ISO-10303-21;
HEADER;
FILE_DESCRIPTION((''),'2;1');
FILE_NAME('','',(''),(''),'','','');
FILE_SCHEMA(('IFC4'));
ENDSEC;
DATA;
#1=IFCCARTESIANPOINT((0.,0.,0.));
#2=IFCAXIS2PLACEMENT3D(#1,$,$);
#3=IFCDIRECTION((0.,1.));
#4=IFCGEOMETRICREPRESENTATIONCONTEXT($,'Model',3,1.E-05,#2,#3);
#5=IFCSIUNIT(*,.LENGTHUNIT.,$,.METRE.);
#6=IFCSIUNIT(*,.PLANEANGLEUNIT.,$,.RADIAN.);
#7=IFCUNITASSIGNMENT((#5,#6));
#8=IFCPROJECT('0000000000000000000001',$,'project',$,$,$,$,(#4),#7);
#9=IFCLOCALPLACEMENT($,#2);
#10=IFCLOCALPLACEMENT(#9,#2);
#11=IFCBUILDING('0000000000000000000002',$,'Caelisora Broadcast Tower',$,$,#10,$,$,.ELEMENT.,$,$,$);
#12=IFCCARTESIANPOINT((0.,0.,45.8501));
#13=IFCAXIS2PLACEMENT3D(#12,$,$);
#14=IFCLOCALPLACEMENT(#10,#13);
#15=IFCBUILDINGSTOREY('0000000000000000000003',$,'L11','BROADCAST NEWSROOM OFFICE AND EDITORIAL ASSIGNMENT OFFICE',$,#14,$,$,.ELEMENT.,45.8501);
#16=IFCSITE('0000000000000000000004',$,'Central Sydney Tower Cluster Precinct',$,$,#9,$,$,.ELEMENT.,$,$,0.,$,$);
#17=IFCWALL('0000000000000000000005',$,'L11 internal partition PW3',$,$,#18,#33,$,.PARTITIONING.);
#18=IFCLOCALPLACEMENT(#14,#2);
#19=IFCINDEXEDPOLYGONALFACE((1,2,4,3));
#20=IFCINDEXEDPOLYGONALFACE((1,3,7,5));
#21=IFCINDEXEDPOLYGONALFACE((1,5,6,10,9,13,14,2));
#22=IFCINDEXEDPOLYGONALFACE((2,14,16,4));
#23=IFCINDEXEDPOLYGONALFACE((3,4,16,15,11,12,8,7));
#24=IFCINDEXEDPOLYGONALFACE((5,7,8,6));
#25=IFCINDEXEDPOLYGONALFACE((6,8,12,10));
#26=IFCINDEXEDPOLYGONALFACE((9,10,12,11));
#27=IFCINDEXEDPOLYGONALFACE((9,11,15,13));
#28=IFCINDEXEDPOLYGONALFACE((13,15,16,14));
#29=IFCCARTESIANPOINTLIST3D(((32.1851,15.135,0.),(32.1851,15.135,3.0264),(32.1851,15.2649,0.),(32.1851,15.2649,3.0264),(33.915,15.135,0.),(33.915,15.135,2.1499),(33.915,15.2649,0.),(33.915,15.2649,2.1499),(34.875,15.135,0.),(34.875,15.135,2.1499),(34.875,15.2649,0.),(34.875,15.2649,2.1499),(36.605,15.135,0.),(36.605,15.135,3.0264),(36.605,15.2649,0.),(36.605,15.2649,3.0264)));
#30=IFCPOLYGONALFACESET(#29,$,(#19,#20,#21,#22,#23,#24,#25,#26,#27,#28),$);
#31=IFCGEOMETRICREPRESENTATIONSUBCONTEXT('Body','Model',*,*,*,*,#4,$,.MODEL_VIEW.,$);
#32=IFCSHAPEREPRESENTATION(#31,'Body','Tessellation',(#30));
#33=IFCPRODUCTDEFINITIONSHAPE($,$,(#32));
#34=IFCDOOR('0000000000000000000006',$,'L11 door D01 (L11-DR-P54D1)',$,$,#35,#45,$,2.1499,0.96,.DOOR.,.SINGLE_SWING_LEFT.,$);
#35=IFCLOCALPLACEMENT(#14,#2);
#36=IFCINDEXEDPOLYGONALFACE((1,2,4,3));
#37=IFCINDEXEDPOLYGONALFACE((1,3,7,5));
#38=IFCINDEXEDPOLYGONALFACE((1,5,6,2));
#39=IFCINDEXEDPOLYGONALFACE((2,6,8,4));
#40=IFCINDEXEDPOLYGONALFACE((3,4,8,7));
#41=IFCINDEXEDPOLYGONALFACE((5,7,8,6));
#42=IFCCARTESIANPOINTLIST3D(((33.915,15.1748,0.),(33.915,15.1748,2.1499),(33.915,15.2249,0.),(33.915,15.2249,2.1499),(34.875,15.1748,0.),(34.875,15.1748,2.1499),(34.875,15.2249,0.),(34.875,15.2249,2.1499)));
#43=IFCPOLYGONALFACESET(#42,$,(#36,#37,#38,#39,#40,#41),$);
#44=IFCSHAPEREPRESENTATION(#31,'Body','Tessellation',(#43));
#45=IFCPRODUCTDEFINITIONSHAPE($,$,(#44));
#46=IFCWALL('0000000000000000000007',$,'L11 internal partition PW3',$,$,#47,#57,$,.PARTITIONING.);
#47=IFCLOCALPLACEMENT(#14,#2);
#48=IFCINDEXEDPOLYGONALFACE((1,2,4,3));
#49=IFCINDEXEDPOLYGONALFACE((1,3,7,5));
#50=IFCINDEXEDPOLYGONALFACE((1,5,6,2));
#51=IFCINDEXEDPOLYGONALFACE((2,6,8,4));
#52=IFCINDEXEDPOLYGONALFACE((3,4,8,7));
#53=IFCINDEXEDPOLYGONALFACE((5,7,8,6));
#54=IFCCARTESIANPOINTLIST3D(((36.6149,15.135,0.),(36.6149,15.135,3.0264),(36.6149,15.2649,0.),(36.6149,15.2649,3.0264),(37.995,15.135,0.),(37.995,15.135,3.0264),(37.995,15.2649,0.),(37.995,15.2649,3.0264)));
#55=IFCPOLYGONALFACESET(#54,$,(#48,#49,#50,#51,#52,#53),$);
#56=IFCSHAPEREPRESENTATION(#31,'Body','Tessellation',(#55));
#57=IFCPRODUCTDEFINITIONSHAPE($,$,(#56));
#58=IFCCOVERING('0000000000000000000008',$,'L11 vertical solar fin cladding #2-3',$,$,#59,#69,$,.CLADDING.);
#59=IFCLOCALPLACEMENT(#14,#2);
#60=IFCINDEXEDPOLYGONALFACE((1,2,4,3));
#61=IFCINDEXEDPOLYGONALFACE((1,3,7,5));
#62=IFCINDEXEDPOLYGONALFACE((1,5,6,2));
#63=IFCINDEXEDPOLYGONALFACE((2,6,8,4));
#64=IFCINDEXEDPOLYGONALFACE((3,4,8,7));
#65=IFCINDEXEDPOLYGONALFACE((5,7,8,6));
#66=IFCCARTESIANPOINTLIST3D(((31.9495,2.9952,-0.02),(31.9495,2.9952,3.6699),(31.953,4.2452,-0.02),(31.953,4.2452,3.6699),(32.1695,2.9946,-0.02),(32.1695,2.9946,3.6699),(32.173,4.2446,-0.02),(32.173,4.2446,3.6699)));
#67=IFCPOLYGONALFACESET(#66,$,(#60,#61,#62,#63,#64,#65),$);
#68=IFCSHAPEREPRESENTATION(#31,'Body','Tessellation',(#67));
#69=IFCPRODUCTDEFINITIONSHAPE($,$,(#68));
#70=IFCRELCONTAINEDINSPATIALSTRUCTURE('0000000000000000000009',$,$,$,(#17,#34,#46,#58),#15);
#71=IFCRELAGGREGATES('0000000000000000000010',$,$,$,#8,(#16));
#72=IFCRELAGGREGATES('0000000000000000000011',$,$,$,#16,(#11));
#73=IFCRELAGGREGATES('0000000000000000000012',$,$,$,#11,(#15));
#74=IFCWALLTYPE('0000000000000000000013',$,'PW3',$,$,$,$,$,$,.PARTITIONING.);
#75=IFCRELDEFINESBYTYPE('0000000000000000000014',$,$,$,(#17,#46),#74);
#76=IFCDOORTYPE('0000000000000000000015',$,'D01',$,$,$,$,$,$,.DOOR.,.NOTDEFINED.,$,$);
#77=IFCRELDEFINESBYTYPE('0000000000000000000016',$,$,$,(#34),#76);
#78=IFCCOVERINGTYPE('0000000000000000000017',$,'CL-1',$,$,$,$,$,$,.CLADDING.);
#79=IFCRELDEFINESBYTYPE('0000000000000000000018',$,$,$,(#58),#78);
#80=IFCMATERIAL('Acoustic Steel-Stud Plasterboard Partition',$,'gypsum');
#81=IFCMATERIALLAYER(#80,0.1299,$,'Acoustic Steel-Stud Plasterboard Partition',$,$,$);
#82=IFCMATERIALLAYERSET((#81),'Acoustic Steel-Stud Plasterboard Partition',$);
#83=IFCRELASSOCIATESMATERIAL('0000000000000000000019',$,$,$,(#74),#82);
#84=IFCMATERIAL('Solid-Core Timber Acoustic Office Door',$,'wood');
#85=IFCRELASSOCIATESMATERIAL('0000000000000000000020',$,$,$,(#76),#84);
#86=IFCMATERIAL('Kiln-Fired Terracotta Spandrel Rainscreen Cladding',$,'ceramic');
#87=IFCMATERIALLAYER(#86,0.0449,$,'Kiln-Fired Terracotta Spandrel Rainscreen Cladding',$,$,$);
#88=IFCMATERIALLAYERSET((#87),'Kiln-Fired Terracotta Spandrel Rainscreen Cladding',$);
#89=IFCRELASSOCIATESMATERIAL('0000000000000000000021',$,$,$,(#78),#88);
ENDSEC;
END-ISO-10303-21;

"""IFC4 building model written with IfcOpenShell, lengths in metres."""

from ifc_helpers import new_model, si_unit, direction, frame, frame_2d, origin, origin_2d, place, context, subcontext, project, spatial, rectangle, extrude, source, transform, mapped, material, layer, layer_set, type_object, type_shapes, element, fill, save


model = new_model("IFC4")

# Units and contexts
model_context = context("Model", 3, precision=1e-05, world=origin(), true_north=direction((0.0, 1.0)))
body_context = subcontext(model_context, "Body", "Model", "MODEL_VIEW")
ifc_project = project(units=[si_unit("LENGTHUNIT", "METRE"), si_unit("PLANEANGLEUNIT", "RADIAN")], contexts=[model_context])

# Site, building, storey
site_placement = place(None, origin())
site = spatial("IfcSite", under=ifc_project, at=site_placement, Name="Central Sydney Tower Cluster Precinct", CompositionType="ELEMENT", RefElevation=0.0)
building_placement = place(site_placement, origin())
building = spatial("IfcBuilding", under=site, at=building_placement, Name="Caelisora Broadcast Tower", CompositionType="ELEMENT")
storey_placement = place(building_placement, frame((0.0, 0.0, 45.8501)))
storey = spatial("IfcBuildingStorey", under=building, at=storey_placement, Name="L11", Description="BROADCAST NEWSROOM OFFICE AND EDITORIAL ASSIGNMENT OFFICE", CompositionType="ELEMENT", Elevation=45.8501)

# Shared definitions
ifc_material_1 = material(Name="Acoustic Steel-Stud Plasterboard Partition", Category="gypsum")
ifc_layer_1 = layer(ifc_material_1, 0.1299, Name="Acoustic Steel-Stud Plasterboard Partition")
ifc_layer_set_1 = layer_set([ifc_layer_1], Name="Acoustic Steel-Stud Plasterboard Partition")
wall_type = type_object("IfcWallType", Name="PW3", PredefinedType="PARTITIONING", material=ifc_layer_set_1)

# Wall, opening, door
wall_1_placement = place(storey_placement, frame((32.1851, 15.2, 0.0), z_axis=(0.0, 0.0, 1.0), x_axis=(1.0, 0.0, 0.0)))
wall_1 = element("IfcWall", 1, at=wall_1_placement, inside=storey, type_object=wall_type, Name="L11 internal partition PW3", PredefinedType="PARTITIONING", context=body_context, shape_type="SweptSolid", body=[
    extrude(rectangle(XDim=4.4199, YDim=0.1299, at=frame_2d((2.21, 0.0))), origin(), (0.0, 0.0, 1.0), 3.0264),
])
opening_placement = place(wall_1_placement, frame((1.73, 0.0, 0.0)))
opening = element("IfcOpeningElement", 2, at=opening_placement, cuts=wall_1, PredefinedType="OPENING", context=body_context, shape_type="SweptSolid", body=[
    extrude(rectangle(XDim=0.96, YDim=2.1499, at=frame_2d((0.48, 1.075))), frame((0.0, 0.0769, 0.0), z_axis=(0.0, -1.0, 0.0), x_axis=(1.0, 0.0, 0.0)), (0.0, 0.0, 1.0), 0.1538),
])
ifc_material_2 = material(Name="Solid-Core Timber Acoustic Office Door", Category="wood")
door_type = type_object("IfcDoorType", Name="D01", OperationType="NOTDEFINED", PredefinedType="DOOR", material=ifc_material_2)
door_placement = place(opening_placement, origin())
door = element("IfcDoor", 3, at=door_placement, inside=storey, type_object=door_type, Name="L11 door D01 (L11-DR-P54D1)", OperationType="SINGLE_SWING_LEFT", OverallHeight=2.1499, OverallWidth=0.96, PredefinedType="DOOR", context=body_context, shape_type="SweptSolid", body=[
    extrude(rectangle(XDim=0.96, YDim=2.1499, at=frame_2d((0.48, 1.075))), frame((0.0, 0.0249, 0.0), z_axis=(0.0, -1.0, 0.0), x_axis=(1.0, 0.0, 0.0)), (0.0, 0.0, 1.0), 0.05),
])
fill(opening, door)

# Wall
wall_2_placement = place(storey_placement, frame((36.615, 15.2, 0.0), z_axis=(0.0, 0.0, 1.0), x_axis=(1.0, 0.0, 0.0)))
element("IfcWall", 4, at=wall_2_placement, inside=storey, type_object=wall_type, Name="L11 internal partition PW3", PredefinedType="PARTITIONING", context=body_context, shape_type="SweptSolid", body=[
    extrude(rectangle(XDim=1.3801, YDim=0.1299, at=frame_2d((0.6899, 0.0))), origin(), (0.0, 0.0, 1.0), 3.0264),
])

# Covering
ifc_material_3 = material(Name="Kiln-Fired Terracotta Spandrel Rainscreen Cladding", Category="ceramic")
ifc_layer_2 = layer(ifc_material_3, 0.0449, Name="Kiln-Fired Terracotta Spandrel Rainscreen Cladding")
ifc_layer_set_2 = layer_set([ifc_layer_2], Name="Kiln-Fired Terracotta Spandrel Rainscreen Cladding")
covering_type = type_object("IfcCoveringType", Name="CL-1", PredefinedType="CLADDING", material=ifc_layer_set_2)
shared_shape_1 = source(origin(), body_context, "Body", "SweptSolid", [
    extrude(rectangle(XDim=0.22, YDim=1.25, at=origin_2d()), origin(), (0.0, 0.0, 1.0), 3.6899),
])
type_shapes(covering_type, [shared_shape_1])
covering_placement = place(storey_placement, frame((32.0613, 3.6199, -0.02), z_axis=(0.0, 0.0, 1.0), x_axis=(-0.999996, 0.002793, 0.0)))
element("IfcCovering", 5, at=covering_placement, inside=storey, type_object=covering_type, Name="L11 vertical solar fin cladding #2-3", PredefinedType="CLADDING", context=body_context, shape_type="MappedRepresentation", body=[
    mapped(shared_shape_1, transform((0.0, 0.0, 0.0), scale=1.0)),
])

save(model, "model.ifc")
